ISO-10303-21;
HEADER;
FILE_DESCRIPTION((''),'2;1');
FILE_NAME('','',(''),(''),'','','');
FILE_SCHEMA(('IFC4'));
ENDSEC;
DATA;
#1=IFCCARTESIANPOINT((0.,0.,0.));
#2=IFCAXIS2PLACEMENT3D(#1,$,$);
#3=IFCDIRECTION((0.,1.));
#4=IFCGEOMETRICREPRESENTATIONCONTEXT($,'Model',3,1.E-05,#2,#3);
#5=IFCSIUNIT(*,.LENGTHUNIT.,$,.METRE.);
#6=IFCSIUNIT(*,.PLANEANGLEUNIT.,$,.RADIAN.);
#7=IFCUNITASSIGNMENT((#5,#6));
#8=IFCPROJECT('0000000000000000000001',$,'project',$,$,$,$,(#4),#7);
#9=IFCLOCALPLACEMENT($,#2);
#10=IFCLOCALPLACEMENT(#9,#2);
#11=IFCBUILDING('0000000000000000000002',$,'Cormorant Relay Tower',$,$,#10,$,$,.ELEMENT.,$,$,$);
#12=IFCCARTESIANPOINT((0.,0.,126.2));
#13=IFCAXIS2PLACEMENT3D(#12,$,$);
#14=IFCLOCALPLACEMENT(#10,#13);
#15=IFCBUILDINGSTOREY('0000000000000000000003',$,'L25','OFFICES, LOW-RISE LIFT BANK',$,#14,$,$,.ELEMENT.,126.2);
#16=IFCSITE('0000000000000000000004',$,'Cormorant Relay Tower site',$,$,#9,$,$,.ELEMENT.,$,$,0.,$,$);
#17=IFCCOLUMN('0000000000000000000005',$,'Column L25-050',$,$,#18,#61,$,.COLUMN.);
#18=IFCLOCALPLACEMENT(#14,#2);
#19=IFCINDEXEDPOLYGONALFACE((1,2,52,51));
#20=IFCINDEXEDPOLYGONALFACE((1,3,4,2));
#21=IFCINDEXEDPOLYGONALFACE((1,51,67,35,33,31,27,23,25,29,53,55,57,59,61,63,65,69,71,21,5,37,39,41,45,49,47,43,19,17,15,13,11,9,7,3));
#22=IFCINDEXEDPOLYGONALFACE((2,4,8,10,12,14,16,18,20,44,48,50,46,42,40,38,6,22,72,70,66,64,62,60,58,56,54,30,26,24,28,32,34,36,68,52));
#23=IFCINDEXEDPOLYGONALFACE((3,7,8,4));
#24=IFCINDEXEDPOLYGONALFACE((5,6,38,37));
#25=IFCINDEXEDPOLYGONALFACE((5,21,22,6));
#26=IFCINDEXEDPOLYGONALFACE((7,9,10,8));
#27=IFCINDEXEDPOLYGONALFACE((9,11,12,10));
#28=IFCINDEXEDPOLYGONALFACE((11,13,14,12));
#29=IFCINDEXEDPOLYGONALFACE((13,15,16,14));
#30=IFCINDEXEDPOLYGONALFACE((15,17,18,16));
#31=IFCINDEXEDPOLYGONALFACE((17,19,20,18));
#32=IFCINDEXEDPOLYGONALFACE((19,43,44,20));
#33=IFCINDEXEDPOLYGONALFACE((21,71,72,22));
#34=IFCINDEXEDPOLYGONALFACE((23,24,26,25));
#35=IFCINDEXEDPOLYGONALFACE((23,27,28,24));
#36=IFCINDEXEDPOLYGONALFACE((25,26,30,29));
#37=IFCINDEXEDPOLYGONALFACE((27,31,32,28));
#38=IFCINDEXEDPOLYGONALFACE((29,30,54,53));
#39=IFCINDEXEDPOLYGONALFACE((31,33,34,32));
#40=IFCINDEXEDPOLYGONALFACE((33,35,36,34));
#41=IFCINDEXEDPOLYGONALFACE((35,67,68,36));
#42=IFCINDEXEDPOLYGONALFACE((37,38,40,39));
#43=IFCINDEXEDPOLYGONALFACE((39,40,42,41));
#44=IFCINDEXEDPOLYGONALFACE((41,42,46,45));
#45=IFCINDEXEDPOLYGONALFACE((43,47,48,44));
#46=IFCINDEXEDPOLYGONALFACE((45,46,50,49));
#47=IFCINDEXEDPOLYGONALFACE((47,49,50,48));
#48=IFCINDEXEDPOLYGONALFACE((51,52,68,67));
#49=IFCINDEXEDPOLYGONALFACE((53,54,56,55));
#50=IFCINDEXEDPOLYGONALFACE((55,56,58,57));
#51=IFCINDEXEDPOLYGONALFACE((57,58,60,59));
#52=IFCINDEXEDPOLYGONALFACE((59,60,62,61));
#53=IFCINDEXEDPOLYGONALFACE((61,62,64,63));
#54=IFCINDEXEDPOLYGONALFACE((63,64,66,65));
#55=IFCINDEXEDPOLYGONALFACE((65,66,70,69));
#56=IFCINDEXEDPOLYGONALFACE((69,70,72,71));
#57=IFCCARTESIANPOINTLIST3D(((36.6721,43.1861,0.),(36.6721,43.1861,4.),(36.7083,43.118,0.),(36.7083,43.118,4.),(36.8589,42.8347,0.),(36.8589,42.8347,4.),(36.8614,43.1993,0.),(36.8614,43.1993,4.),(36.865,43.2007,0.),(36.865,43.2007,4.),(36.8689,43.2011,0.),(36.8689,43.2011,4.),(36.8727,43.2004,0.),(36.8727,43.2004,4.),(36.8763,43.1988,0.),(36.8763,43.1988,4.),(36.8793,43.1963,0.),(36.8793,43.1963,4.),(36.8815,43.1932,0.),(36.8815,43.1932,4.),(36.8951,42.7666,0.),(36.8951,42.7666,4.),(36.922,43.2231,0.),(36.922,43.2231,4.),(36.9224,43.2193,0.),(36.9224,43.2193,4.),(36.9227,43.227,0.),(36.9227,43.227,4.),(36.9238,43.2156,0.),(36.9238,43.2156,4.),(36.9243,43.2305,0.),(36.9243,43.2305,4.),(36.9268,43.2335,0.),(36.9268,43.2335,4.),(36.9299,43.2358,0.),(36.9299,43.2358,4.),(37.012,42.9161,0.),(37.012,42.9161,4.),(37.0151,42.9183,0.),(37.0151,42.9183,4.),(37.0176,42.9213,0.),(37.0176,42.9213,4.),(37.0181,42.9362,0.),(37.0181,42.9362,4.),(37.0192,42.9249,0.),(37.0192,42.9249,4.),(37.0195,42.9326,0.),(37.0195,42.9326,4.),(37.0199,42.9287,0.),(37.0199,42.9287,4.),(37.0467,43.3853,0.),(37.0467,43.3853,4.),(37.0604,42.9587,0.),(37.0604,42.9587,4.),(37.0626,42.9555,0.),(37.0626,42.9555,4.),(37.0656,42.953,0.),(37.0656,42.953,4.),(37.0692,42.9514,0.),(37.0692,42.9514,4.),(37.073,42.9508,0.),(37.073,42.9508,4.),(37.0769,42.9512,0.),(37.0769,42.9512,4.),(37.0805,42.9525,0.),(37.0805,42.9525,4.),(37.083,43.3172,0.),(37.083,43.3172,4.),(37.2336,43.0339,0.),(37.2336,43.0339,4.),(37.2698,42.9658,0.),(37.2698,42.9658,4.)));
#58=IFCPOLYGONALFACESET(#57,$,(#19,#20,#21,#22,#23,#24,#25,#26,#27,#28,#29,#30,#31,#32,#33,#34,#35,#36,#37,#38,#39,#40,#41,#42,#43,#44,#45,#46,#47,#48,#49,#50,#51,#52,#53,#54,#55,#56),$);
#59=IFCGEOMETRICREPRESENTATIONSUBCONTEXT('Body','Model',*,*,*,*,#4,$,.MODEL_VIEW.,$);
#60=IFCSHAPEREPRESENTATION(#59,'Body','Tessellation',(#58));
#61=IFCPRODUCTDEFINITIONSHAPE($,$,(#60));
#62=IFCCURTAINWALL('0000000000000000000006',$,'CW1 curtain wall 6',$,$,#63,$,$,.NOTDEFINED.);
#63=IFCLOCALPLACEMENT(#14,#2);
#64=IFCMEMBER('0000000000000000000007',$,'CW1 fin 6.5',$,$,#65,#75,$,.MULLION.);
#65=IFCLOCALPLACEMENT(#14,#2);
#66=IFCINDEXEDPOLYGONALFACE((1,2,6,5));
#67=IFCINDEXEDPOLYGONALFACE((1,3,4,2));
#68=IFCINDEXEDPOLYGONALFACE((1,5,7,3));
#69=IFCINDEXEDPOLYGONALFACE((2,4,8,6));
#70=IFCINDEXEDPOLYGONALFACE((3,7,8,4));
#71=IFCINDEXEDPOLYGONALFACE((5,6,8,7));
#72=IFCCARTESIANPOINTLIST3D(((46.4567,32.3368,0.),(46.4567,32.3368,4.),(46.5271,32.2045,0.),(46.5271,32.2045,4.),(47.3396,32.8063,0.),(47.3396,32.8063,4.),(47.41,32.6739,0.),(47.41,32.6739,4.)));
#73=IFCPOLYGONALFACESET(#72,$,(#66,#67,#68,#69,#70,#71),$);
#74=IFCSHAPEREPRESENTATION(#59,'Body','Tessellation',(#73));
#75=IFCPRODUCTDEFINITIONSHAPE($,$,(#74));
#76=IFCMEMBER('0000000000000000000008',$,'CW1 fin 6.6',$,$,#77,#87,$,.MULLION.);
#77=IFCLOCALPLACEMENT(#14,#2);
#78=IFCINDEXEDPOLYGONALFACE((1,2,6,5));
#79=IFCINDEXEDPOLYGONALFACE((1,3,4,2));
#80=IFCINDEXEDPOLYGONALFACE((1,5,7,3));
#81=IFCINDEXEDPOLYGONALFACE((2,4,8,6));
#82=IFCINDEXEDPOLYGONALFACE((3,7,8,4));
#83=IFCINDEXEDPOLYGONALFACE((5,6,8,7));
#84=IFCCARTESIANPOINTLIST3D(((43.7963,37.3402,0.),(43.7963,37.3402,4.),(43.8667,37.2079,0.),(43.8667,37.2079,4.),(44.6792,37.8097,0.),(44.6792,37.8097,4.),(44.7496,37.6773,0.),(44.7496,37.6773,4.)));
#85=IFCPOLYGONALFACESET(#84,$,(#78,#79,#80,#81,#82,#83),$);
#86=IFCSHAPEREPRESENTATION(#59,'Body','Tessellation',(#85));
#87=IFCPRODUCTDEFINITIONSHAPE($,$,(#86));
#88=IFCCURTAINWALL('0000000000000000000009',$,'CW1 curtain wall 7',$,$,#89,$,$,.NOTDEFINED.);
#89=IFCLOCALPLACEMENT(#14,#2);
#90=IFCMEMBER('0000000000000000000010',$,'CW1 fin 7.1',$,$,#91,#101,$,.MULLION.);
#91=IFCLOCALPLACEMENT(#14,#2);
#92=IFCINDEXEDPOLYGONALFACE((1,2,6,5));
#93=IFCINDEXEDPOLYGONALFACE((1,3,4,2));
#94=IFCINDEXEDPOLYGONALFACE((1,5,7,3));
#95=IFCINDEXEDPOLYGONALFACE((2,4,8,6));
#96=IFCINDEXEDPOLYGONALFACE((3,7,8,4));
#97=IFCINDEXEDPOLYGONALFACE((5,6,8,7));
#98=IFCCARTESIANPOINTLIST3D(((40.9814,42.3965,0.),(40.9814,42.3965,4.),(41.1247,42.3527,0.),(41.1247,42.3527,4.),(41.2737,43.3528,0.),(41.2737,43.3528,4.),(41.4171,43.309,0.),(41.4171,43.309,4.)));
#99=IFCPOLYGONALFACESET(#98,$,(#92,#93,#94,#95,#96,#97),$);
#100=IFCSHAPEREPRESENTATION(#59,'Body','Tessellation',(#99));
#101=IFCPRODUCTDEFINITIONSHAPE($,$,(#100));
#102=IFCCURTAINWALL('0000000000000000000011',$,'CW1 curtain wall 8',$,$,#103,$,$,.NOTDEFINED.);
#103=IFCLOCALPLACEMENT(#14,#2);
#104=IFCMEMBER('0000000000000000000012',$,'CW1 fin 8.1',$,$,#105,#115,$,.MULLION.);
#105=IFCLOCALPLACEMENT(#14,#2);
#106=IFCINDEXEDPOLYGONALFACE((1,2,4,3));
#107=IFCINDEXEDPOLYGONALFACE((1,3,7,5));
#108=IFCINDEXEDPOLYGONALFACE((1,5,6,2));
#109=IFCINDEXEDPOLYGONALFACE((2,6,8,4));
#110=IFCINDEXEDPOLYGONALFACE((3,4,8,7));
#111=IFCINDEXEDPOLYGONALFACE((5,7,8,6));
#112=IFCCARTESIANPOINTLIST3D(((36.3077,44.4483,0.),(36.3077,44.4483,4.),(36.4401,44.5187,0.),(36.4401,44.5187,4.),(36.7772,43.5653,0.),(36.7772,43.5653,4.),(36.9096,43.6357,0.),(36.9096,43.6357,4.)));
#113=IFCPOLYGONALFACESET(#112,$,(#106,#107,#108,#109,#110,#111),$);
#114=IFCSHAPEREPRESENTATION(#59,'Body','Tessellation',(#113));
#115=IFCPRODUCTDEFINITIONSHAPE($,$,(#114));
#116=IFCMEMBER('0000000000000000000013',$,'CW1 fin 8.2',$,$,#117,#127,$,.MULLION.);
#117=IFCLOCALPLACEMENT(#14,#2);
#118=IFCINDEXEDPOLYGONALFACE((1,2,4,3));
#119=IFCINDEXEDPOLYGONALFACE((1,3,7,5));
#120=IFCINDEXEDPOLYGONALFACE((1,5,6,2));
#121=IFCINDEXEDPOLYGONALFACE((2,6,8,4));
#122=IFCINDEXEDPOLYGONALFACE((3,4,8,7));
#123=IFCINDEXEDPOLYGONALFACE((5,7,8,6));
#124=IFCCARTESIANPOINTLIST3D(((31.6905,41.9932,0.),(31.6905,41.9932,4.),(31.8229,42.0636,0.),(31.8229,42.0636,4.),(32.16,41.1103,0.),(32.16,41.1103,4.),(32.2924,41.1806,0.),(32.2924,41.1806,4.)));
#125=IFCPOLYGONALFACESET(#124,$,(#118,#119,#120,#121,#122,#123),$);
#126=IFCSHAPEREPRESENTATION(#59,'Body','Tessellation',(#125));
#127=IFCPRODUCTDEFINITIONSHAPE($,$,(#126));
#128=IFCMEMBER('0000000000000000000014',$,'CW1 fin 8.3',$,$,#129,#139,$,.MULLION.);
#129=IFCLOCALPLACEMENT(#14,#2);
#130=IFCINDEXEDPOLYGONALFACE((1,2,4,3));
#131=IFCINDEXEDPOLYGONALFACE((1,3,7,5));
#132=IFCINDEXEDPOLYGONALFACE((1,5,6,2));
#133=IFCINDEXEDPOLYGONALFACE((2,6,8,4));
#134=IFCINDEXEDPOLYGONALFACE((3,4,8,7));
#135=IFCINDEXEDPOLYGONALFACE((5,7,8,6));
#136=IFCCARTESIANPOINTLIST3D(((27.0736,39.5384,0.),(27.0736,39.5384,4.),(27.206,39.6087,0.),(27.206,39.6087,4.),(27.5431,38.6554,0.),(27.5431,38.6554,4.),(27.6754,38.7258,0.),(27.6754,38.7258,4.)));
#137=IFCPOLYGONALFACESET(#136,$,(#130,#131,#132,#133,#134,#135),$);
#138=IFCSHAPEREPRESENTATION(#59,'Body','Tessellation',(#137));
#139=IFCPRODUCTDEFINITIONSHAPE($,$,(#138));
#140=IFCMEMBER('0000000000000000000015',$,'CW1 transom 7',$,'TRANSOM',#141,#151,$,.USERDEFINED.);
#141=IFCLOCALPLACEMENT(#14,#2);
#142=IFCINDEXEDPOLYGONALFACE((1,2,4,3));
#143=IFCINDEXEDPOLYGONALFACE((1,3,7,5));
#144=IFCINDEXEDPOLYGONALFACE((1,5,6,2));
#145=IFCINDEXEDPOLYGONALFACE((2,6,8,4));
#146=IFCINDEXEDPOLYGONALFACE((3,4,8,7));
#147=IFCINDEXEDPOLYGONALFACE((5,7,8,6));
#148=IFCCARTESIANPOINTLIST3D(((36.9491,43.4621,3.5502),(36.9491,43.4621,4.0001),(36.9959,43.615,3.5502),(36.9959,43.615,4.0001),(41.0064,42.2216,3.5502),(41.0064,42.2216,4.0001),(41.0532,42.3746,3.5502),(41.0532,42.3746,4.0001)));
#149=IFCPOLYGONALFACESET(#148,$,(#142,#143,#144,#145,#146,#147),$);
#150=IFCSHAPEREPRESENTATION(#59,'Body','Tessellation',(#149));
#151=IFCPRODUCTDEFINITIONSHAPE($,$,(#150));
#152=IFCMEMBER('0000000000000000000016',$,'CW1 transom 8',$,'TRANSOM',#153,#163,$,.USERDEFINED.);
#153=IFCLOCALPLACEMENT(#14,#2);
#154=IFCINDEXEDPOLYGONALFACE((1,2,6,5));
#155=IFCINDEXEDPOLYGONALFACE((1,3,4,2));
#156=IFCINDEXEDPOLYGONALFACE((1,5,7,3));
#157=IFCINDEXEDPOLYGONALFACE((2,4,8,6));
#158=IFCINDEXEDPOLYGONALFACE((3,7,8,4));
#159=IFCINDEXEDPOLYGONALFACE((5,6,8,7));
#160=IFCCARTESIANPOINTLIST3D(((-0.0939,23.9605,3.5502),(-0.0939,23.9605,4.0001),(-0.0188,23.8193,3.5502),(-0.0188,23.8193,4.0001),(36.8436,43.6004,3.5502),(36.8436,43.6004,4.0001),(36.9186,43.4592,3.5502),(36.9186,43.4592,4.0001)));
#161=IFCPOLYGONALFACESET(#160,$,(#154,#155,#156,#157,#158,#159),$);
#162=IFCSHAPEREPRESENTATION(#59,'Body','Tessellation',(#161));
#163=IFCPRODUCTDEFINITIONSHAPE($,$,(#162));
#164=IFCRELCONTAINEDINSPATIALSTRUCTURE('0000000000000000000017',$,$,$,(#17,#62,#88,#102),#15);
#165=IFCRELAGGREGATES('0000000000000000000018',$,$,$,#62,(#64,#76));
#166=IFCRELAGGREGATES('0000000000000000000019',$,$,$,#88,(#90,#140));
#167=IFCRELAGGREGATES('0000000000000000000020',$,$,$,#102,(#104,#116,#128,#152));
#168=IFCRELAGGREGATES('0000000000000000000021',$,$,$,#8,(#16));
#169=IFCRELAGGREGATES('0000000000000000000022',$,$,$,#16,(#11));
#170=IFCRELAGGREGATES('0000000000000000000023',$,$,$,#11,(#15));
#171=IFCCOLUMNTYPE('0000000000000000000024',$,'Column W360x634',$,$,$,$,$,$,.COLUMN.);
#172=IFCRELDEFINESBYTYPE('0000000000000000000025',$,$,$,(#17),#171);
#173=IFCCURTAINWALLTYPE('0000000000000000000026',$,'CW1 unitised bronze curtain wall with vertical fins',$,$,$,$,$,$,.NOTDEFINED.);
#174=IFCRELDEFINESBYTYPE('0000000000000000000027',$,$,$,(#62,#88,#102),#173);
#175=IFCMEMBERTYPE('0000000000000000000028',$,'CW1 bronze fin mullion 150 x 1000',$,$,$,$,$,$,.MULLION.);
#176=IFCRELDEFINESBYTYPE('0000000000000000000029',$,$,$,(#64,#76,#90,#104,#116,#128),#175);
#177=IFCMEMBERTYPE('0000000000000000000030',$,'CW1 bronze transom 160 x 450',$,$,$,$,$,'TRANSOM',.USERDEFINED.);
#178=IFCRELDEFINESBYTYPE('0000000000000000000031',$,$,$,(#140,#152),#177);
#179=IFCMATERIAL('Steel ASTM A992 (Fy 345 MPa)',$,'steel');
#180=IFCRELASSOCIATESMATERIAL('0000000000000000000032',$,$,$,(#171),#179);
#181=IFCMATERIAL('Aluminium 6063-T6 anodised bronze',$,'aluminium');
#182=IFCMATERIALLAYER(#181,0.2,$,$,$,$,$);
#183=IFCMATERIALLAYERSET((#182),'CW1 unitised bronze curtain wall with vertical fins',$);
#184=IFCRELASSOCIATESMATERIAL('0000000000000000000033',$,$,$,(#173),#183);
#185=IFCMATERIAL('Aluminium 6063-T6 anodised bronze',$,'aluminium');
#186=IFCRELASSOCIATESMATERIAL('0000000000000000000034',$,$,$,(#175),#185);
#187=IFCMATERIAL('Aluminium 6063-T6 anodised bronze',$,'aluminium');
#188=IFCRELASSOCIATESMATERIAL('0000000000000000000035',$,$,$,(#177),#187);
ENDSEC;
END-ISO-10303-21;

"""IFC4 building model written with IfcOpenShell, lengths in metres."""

from ifc_helpers import new_model, si_unit, direction, frame, origin, origin_2d, place, context, subcontext, project, spatial, rectangle, i_section, extrude, material, layer, layer_set, material_profile, profile_set, type_object, element, aggregate, save


model = new_model("IFC4")

# Units and contexts
model_context = context("Model", 3, precision=1e-05, world=origin(), true_north=direction((0.0, 1.0)))
body_context = subcontext(model_context, "Body", "Model", "MODEL_VIEW")
ifc_project = project(units=[si_unit("LENGTHUNIT", "METRE"), si_unit("PLANEANGLEUNIT", "RADIAN")], contexts=[model_context])

# Site, building, storey
site_placement = place(None, origin())
site = spatial("IfcSite", under=ifc_project, at=site_placement, Name="Cormorant Relay Tower site", CompositionType="ELEMENT", RefElevation=0.0)
building_placement = place(site_placement, origin())
building = spatial("IfcBuilding", under=site, at=building_placement, Name="Cormorant Relay Tower", CompositionType="ELEMENT")
storey_placement = place(building_placement, frame((0.0, 0.0, 126.2)))
storey = spatial("IfcBuildingStorey", under=building, at=storey_placement, Name="L25", Description="OFFICES, LOW-RISE LIFT BANK", CompositionType="ELEMENT", Elevation=126.2)

# Column
ifc_material_1 = material(Name="Steel ASTM A992 (Fy 345 MPa)", Category="steel")
ifc_material_profile_1 = material_profile(ifc_material_1, i_section(OverallWidth=0.4243, OverallDepth=0.4751, WebThickness=0.0479, FlangeThickness=0.0771, FilletRadius=0.0149, at=origin_2d()), Name="W360x634")
ifc_profile_set_1 = profile_set([ifc_material_profile_1], Name="Steel ASTM A992 (Fy 345 MPa)")
column_type_1 = type_object("IfcColumnType", Name="Column W360x634", PredefinedType="COLUMN", material=ifc_profile_set_1)
for number, where, z_axis, x_axis, name in (
    (1, (36.9709, 43.0759, 0.0), (0.0, 0.0, 1.0), (-0.882948, -0.469472, 0.0), "Column L25-050"),
):
    element("IfcColumn", number, at=place(storey_placement, frame(where, z_axis=z_axis, x_axis=x_axis)), inside=storey, type_object=column_type_1, Name=name, PredefinedType="COLUMN", context=body_context, shape_type="SweptSolid", body=[
        extrude(i_section(OverallWidth=0.4243, OverallDepth=0.4751, WebThickness=0.0479, FlangeThickness=0.0771, FilletRadius=0.0149, at=origin_2d()), origin(), (0.0, 0.0, 1.0), 4.0),
    ])

# Curtain wall, members
ifc_material_2 = material(Name="Aluminium 6063-T6 anodised bronze", Category="aluminium")
ifc_layer_1 = layer(ifc_material_2, 0.2)
ifc_layer_set_1 = layer_set([ifc_layer_1], Name="CW1 unitised bronze curtain wall with vertical fins")
curtain_wall_type = type_object("IfcCurtainWallType", Name="CW1 unitised bronze curtain wall with vertical fins", PredefinedType="NOTDEFINED", material=ifc_layer_set_1)
curtain_wall_1_placement = place(storey_placement, origin())
curtain_wall_1 = element("IfcCurtainWall", 2, at=curtain_wall_1_placement, inside=storey, type_object=curtain_wall_type, Name="CW1 curtain wall 6", PredefinedType="NOTDEFINED")
ifc_material_3 = material(Name="Aluminium 6063-T6 anodised bronze", Category="aluminium")
ifc_material_profile_2 = material_profile(ifc_material_3, rectangle(XDim=0.1499, YDim=1.0, at=origin_2d()), Name="AL 150x1000")
ifc_profile_set_2 = profile_set([ifc_material_profile_2], Name="Aluminium 6063-T6 anodised bronze")
member_type_1 = type_object("IfcMemberType", Name="CW1 bronze fin mullion 150 x 1000", PredefinedType="MULLION", material=ifc_profile_set_2)
member_1_placement = place(storey_placement, frame((46.9333, 32.5054, 0.0), z_axis=(0.0, 0.0, 1.0), x_axis=(-0.469472, 0.882948, 0.0)))
member_1 = element("IfcMember", 3, at=member_1_placement, type_object=member_type_1, Name="CW1 fin 6.5", PredefinedType="MULLION", context=body_context, shape_type="SweptSolid", body=[
    extrude(rectangle(XDim=0.1499, YDim=1.0, at=origin_2d()), origin(), (0.0, 0.0, 1.0), 4.0),
])
member_2_placement = place(storey_placement, frame((44.2729, 37.5088, 0.0), z_axis=(0.0, 0.0, 1.0), x_axis=(-0.469472, 0.882948, 0.0)))
member_2 = element("IfcMember", 4, at=member_2_placement, type_object=member_type_1, Name="CW1 fin 6.6", PredefinedType="MULLION", context=body_context, shape_type="SweptSolid", body=[
    extrude(rectangle(XDim=0.1499, YDim=1.0, at=origin_2d()), origin(), (0.0, 0.0, 1.0), 4.0),
])

# Curtain wall, member
curtain_wall_2_placement = place(storey_placement, origin())
curtain_wall_2 = element("IfcCurtainWall", 5, at=curtain_wall_2_placement, inside=storey, type_object=curtain_wall_type, Name="CW1 curtain wall 7", PredefinedType="NOTDEFINED")
member_3_placement = place(storey_placement, frame((41.1992, 42.8528, 0.0), z_axis=(0.0, 0.0, 1.0), x_axis=(-0.956305, 0.292372, 0.0)))
member_3 = element("IfcMember", 6, at=member_3_placement, type_object=member_type_1, Name="CW1 fin 7.1", PredefinedType="MULLION", context=body_context, shape_type="SweptSolid", body=[
    extrude(rectangle(XDim=0.1499, YDim=1.0, at=origin_2d()), origin(), (0.0, 0.0, 1.0), 4.0),
])

# Curtain wall, members
curtain_wall_3_placement = place(storey_placement, origin())
curtain_wall_3 = element("IfcCurtainWall", 7, at=curtain_wall_3_placement, inside=storey, type_object=curtain_wall_type, Name="CW1 curtain wall 8", PredefinedType="NOTDEFINED")
member_4_placement = place(storey_placement, frame((36.6086, 44.042, 0.0), z_axis=(0.0, 0.0, 1.0), x_axis=(-0.882948, -0.469472, 0.0)))
member_4 = element("IfcMember", 8, at=member_4_placement, type_object=member_type_1, Name="CW1 fin 8.1", PredefinedType="MULLION", context=body_context, shape_type="SweptSolid", body=[
    extrude(rectangle(XDim=0.1499, YDim=1.0, at=origin_2d()), origin(), (0.0, 0.0, 1.0), 4.0),
])
member_5_placement = place(storey_placement, frame((31.9915, 41.5869, 0.0), z_axis=(0.0, 0.0, 1.0), x_axis=(-0.882948, -0.469472, 0.0)))
member_5 = element("IfcMember", 9, at=member_5_placement, type_object=member_type_1, Name="CW1 fin 8.2", PredefinedType="MULLION", context=body_context, shape_type="SweptSolid", body=[
    extrude(rectangle(XDim=0.1499, YDim=1.0, at=origin_2d()), origin(), (0.0, 0.0, 1.0), 4.0),
])
member_6_placement = place(storey_placement, frame((27.3745, 39.1321, 0.0), z_axis=(0.0, 0.0, 1.0), x_axis=(-0.882948, -0.469472, 0.0)))
member_6 = element("IfcMember", 10, at=member_6_placement, type_object=member_type_1, Name="CW1 fin 8.3", PredefinedType="MULLION", context=body_context, shape_type="SweptSolid", body=[
    extrude(rectangle(XDim=0.1499, YDim=1.0, at=origin_2d()), origin(), (0.0, 0.0, 1.0), 4.0),
])

# Members
ifc_material_4 = material(Name="Aluminium 6063-T6 anodised bronze", Category="aluminium")
ifc_material_profile_3 = material_profile(ifc_material_4, rectangle(XDim=0.1599, YDim=0.45, at=origin_2d()), Name="AL 160x450")
ifc_profile_set_3 = profile_set([ifc_material_profile_3], Name="Aluminium 6063-T6 anodised bronze")
member_type_2 = type_object("IfcMemberType", Name="CW1 bronze transom 160 x 450", ElementType="TRANSOM", PredefinedType="USERDEFINED", material=ifc_profile_set_3)
member_7_placement = place(storey_placement, frame((41.0298, 42.2981, 3.7751), z_axis=(-0.956304, 0.292375, 0.0), x_axis=(-0.292375, -0.956304, 0.0)))
member_7 = element("IfcMember", 11, at=member_7_placement, type_object=member_type_2, Name="CW1 transom 7", ObjectType="TRANSOM", PredefinedType="USERDEFINED", context=body_context, shape_type="SweptSolid", body=[
    extrude(rectangle(XDim=0.1599, YDim=0.45, at=origin_2d()), origin(), (0.0, 0.0, 1.0), 4.2427),
])
member_8_placement = place(storey_placement, frame((36.8811, 43.5298, 3.7751), z_axis=(-0.882949, -0.469469, 0.0), x_axis=(0.469469, -0.882949, 0.0)))
member_8 = element("IfcMember", 12, at=member_8_placement, type_object=member_type_2, Name="CW1 transom 8", ObjectType="TRANSOM", PredefinedType="USERDEFINED", context=body_context, shape_type="SweptSolid", body=[
    extrude(rectangle(XDim=0.1599, YDim=0.45, at=origin_2d()), origin(), (0.0, 0.0, 1.0), 41.8342),
])

aggregate(curtain_wall_1, [member_1, member_2])
aggregate(curtain_wall_2, [member_3, member_7])
aggregate(curtain_wall_3, [member_4, member_5, member_6, member_8])

save(model, "model.ifc")
